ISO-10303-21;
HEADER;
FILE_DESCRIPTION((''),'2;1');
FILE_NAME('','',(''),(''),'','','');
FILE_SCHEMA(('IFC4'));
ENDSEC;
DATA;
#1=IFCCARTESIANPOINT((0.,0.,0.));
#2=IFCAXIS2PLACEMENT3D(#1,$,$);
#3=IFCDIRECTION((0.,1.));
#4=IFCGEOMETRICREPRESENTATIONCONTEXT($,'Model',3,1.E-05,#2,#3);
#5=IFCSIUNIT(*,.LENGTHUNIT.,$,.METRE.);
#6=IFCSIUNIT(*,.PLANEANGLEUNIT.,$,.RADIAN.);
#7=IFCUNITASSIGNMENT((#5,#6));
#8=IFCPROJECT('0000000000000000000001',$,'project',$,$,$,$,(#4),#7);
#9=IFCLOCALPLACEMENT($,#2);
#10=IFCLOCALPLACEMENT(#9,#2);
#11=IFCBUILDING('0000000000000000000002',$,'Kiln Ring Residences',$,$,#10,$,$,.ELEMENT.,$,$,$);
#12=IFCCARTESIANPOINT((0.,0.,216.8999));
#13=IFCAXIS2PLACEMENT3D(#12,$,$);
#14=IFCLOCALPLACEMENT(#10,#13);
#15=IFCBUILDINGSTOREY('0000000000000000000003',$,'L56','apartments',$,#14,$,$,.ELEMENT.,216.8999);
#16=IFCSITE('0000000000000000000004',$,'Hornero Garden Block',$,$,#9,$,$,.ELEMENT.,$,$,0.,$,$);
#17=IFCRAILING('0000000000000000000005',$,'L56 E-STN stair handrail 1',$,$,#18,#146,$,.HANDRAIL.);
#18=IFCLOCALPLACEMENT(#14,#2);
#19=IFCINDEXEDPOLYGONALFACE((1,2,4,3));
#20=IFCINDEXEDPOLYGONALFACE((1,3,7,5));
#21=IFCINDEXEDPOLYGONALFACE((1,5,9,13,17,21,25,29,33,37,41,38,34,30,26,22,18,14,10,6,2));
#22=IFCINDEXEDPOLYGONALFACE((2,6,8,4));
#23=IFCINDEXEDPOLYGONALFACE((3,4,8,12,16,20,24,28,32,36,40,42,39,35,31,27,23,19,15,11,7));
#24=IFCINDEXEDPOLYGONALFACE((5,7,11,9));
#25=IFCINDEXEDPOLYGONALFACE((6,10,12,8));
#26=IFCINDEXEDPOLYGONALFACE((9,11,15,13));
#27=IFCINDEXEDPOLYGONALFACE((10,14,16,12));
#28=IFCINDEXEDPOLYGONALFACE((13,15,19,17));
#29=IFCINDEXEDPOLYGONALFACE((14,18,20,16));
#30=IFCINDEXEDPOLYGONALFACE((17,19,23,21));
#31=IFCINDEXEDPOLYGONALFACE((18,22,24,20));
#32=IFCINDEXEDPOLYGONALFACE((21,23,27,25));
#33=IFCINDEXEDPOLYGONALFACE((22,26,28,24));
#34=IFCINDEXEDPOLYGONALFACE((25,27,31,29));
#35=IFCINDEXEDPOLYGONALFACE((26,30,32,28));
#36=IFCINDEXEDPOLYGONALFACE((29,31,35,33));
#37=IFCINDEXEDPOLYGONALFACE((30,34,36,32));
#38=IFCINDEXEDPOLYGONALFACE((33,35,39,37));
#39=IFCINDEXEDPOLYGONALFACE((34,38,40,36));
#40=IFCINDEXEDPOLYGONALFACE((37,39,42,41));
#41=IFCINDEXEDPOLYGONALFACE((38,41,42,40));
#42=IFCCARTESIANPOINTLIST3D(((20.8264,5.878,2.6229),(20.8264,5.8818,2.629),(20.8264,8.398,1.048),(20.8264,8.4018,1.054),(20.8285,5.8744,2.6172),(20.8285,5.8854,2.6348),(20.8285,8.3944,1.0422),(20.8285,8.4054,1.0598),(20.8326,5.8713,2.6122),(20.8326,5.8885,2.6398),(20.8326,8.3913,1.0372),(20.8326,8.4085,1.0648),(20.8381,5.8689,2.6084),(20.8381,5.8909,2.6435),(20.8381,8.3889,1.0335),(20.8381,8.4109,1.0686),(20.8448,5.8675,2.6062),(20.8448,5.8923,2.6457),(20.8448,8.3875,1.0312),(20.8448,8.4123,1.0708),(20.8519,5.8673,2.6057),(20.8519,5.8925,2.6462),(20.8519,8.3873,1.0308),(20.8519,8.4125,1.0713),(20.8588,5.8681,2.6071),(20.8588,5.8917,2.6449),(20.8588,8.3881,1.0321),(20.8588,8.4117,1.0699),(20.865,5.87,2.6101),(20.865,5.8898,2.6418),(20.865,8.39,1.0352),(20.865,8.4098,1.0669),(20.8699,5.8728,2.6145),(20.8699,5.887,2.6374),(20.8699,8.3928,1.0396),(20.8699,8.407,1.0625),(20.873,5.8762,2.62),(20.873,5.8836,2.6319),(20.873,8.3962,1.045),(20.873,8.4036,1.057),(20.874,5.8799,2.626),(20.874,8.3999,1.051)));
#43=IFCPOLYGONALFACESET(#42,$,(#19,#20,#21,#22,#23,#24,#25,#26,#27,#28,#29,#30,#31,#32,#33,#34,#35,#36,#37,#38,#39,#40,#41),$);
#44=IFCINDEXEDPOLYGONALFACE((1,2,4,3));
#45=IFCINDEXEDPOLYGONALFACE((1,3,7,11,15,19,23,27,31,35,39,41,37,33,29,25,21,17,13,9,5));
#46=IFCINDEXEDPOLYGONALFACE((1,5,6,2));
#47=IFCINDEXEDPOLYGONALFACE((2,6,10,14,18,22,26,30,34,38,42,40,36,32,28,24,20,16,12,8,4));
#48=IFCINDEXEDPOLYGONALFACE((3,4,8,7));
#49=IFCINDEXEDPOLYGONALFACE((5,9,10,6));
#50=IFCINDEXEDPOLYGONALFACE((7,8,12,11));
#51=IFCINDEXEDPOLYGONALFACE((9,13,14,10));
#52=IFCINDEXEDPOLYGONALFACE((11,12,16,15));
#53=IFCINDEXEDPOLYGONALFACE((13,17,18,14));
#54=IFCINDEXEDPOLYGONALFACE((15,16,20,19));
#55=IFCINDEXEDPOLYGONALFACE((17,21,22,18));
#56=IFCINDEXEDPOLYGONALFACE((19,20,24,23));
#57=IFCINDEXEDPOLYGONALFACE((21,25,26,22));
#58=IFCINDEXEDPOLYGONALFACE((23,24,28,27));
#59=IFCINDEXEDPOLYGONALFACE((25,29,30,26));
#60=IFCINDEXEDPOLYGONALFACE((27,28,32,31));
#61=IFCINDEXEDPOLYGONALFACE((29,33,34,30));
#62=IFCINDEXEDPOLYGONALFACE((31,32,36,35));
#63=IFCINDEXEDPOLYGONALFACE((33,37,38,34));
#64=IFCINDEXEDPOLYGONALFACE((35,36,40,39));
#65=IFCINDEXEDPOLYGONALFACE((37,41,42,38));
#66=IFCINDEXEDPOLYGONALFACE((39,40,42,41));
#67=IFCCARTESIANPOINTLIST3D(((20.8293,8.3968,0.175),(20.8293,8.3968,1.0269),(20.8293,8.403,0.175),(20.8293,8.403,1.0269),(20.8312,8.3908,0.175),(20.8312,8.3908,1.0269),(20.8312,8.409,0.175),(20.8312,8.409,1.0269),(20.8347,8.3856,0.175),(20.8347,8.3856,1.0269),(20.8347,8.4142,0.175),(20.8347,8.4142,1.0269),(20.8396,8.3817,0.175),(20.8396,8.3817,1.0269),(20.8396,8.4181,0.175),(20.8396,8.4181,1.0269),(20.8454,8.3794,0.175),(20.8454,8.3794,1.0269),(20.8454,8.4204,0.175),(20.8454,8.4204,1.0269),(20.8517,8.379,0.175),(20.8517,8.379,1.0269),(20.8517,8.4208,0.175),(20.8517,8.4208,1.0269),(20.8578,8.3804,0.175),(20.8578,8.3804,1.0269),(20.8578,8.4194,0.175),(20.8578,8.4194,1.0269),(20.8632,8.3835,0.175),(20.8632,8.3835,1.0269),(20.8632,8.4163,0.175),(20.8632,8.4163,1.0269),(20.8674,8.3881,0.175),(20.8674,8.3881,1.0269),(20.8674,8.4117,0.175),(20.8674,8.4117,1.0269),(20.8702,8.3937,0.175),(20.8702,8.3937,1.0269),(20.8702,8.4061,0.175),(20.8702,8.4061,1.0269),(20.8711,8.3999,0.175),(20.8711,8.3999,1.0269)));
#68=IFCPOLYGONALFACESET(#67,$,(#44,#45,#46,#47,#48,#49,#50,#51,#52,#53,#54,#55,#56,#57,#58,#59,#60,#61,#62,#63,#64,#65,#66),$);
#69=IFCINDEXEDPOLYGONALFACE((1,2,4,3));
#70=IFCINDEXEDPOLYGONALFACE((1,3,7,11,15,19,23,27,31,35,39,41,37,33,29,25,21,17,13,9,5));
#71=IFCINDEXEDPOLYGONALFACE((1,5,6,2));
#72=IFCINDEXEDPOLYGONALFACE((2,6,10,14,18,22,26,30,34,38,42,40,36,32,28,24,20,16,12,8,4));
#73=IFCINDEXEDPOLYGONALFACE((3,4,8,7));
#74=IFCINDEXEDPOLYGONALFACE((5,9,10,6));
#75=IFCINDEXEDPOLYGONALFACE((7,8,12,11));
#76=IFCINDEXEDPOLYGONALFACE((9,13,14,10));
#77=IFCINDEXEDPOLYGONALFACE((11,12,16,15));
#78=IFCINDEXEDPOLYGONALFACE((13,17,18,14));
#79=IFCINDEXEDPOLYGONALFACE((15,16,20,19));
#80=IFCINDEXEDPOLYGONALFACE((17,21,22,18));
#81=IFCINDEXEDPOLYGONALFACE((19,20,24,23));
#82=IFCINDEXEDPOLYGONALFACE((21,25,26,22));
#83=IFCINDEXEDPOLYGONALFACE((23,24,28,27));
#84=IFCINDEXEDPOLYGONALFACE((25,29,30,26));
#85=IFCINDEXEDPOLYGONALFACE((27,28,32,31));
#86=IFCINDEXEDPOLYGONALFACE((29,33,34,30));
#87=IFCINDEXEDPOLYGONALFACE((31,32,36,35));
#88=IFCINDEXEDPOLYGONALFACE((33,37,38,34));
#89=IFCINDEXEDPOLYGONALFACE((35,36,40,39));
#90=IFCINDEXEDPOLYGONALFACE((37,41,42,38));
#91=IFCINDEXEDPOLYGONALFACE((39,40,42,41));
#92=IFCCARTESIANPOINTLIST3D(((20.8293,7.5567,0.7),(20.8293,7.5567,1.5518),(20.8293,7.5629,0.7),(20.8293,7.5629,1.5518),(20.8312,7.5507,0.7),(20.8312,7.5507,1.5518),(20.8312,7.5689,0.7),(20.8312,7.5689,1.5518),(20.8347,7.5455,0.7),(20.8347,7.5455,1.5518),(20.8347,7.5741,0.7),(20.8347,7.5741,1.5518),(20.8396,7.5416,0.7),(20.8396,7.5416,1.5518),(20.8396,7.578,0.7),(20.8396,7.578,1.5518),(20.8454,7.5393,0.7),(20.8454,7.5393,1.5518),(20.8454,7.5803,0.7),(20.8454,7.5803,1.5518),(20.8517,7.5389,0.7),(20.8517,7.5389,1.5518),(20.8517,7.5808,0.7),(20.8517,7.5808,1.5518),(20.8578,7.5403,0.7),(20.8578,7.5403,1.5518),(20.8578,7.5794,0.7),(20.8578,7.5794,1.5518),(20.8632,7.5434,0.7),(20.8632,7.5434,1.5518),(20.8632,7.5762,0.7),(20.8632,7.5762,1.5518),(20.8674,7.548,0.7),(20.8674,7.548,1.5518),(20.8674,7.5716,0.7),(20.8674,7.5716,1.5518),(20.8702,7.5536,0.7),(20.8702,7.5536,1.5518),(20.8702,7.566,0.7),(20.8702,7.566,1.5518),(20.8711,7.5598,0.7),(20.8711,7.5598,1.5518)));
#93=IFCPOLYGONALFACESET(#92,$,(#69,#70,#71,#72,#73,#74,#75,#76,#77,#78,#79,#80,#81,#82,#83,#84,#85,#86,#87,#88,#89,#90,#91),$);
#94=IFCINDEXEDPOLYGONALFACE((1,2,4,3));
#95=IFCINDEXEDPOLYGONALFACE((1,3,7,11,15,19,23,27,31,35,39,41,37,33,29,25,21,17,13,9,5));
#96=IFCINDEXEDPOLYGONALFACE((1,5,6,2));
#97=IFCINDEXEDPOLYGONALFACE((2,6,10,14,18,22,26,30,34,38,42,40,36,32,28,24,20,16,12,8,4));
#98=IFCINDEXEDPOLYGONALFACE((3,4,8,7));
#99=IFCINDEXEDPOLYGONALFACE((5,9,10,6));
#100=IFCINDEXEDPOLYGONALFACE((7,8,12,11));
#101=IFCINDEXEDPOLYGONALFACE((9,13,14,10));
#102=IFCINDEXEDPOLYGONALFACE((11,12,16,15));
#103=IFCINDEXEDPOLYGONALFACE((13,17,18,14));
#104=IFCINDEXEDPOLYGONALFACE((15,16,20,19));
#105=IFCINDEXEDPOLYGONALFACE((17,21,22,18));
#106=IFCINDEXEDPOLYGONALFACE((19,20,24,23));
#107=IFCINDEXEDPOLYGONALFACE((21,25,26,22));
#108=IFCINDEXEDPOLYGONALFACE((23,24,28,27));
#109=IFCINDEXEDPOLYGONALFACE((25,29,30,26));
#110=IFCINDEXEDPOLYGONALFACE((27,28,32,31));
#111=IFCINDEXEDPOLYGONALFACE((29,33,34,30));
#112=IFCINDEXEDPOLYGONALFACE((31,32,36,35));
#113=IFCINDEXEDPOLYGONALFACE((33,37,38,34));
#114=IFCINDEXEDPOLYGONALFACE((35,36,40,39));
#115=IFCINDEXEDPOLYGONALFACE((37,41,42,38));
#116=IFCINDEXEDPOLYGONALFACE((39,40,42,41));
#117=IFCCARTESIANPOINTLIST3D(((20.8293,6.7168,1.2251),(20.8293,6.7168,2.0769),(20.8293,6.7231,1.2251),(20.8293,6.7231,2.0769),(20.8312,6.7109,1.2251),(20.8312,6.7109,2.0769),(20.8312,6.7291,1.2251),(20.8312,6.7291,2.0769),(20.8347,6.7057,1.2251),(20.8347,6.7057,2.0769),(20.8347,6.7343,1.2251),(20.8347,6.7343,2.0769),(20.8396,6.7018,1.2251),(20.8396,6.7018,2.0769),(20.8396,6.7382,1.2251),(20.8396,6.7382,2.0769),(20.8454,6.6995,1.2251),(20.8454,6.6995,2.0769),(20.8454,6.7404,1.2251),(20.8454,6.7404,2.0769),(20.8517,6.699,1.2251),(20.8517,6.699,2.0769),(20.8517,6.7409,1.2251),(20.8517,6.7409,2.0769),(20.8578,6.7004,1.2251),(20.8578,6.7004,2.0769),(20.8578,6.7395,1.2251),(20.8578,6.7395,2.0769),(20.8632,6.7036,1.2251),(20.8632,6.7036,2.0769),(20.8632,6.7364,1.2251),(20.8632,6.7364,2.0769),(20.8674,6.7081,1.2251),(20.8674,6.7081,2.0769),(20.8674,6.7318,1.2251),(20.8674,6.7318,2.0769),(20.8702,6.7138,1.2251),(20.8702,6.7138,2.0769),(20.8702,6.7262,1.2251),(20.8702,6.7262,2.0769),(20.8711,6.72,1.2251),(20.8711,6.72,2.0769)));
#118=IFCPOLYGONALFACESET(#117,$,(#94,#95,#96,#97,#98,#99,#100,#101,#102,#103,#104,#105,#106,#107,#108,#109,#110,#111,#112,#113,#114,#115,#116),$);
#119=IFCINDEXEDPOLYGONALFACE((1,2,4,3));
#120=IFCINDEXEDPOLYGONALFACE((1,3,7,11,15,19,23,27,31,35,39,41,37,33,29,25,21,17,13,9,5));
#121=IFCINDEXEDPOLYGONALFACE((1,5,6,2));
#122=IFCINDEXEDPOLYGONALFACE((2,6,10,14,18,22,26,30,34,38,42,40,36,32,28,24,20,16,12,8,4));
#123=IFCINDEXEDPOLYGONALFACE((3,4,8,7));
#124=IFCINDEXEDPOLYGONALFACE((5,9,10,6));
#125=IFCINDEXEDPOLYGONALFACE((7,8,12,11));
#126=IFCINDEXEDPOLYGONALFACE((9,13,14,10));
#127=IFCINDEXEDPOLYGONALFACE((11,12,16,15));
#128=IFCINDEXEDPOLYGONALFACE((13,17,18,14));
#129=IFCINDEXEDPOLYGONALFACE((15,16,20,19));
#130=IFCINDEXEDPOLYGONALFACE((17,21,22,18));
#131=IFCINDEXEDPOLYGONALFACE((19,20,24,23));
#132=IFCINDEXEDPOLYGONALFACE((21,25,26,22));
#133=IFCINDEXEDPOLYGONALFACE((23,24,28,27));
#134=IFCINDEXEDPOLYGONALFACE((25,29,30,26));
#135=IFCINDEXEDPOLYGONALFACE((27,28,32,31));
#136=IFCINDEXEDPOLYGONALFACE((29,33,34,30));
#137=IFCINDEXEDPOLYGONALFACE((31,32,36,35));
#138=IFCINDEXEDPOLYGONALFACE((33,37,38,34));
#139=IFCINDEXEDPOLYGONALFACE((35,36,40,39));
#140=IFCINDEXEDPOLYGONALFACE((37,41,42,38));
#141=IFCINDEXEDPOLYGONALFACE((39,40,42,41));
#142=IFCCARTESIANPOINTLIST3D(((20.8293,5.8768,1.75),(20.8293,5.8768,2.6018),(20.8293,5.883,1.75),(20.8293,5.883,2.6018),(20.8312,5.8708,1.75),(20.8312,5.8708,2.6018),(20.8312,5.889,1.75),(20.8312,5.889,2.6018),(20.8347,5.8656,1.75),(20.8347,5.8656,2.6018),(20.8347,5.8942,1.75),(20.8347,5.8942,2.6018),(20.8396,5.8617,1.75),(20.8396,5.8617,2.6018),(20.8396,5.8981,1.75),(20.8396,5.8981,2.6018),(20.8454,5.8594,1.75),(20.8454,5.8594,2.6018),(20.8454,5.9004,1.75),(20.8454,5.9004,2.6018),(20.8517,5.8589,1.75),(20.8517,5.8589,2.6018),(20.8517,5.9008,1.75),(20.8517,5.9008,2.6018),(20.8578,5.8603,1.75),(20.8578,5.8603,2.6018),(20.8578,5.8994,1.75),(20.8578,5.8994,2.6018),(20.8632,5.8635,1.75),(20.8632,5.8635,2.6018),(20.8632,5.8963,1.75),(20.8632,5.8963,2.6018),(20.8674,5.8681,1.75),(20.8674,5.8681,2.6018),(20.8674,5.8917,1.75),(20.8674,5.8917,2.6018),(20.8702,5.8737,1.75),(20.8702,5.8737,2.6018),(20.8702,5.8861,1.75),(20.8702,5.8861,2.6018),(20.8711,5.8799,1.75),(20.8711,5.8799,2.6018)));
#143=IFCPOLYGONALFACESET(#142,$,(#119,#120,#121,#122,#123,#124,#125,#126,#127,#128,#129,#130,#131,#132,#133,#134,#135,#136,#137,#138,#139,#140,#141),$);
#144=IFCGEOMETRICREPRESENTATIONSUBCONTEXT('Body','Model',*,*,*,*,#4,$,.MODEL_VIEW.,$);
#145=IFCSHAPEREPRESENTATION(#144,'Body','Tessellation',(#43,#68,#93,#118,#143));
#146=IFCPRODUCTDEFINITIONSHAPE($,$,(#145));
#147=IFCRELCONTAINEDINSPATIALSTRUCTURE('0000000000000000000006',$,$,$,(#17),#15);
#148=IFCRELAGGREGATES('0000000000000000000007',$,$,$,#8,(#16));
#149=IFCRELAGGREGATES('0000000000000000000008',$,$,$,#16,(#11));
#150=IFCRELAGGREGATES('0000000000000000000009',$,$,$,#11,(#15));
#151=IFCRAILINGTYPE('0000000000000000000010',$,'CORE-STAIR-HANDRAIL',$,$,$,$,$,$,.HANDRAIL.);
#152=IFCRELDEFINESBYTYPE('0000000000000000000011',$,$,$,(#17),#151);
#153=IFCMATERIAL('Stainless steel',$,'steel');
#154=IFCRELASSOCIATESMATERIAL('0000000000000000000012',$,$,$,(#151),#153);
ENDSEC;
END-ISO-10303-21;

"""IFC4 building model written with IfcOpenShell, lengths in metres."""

from ifc_helpers import new_model, si_unit, direction, frame, origin, origin_2d, place, context, subcontext, project, spatial, circle, extrude, material, type_object, element, save


model = new_model("IFC4")

# Units and contexts
model_context = context("Model", 3, precision=1e-05, world=origin(), true_north=direction((0.0, 1.0)))
body_context = subcontext(model_context, "Body", "Model", "MODEL_VIEW")
ifc_project = project(units=[si_unit("LENGTHUNIT", "METRE"), si_unit("PLANEANGLEUNIT", "RADIAN")], contexts=[model_context])

# Site, building, storey
site_placement = place(None, origin())
site = spatial("IfcSite", under=ifc_project, at=site_placement, Name="Hornero Garden Block", CompositionType="ELEMENT", RefElevation=0.0)
building_placement = place(site_placement, origin())
building = spatial("IfcBuilding", under=site, at=building_placement, Name="Kiln Ring Residences", CompositionType="ELEMENT")
storey_placement = place(building_placement, frame((0.0, 0.0, 216.8999)))
storey = spatial("IfcBuildingStorey", under=building, at=storey_placement, Name="L56", Description="apartments", CompositionType="ELEMENT", Elevation=216.8999)

# Railing
ifc_material_1 = material(Name="Stainless steel", Category="steel")
railing_type_1 = type_object("IfcRailingType", Name="CORE-STAIR-HANDRAIL", PredefinedType="HANDRAIL", material=ifc_material_1)
railing_1_placement = place(storey_placement, frame((20.8501, 8.3999, 0.175)))
element("IfcRailing", 1, at=railing_1_placement, inside=storey, type_object=railing_type_1, Name="L56 E-STN stair handrail 1", PredefinedType="HANDRAIL", context=body_context, shape_type="SweptSolid", body=[
    extrude(circle(Radius=0.0239, at=origin_2d()), frame((0.0, 0.0, 0.876), z_axis=(0.0, -0.848008, 0.529984), x_axis=(1.0, 0.0, 0.0)), (0.0, 0.0, 1.0), 2.9717),
    extrude(circle(Radius=0.021, at=origin_2d()), origin(), (0.0, 0.0, 1.0), 0.8518),
    extrude(circle(Radius=0.021, at=origin_2d()), frame((0.0, -0.8401, 0.5249)), (0.0, 0.0, 1.0), 0.8518),
    extrude(circle(Radius=0.021, at=origin_2d()), frame((0.0, -1.6799, 1.05)), (0.0, 0.0, 1.0), 0.8518),
    extrude(circle(Radius=0.021, at=origin_2d()), frame((0.0, -2.52, 1.575)), (0.0, 0.0, 1.0), 0.8518),
])

save(model, "model.ifc")
